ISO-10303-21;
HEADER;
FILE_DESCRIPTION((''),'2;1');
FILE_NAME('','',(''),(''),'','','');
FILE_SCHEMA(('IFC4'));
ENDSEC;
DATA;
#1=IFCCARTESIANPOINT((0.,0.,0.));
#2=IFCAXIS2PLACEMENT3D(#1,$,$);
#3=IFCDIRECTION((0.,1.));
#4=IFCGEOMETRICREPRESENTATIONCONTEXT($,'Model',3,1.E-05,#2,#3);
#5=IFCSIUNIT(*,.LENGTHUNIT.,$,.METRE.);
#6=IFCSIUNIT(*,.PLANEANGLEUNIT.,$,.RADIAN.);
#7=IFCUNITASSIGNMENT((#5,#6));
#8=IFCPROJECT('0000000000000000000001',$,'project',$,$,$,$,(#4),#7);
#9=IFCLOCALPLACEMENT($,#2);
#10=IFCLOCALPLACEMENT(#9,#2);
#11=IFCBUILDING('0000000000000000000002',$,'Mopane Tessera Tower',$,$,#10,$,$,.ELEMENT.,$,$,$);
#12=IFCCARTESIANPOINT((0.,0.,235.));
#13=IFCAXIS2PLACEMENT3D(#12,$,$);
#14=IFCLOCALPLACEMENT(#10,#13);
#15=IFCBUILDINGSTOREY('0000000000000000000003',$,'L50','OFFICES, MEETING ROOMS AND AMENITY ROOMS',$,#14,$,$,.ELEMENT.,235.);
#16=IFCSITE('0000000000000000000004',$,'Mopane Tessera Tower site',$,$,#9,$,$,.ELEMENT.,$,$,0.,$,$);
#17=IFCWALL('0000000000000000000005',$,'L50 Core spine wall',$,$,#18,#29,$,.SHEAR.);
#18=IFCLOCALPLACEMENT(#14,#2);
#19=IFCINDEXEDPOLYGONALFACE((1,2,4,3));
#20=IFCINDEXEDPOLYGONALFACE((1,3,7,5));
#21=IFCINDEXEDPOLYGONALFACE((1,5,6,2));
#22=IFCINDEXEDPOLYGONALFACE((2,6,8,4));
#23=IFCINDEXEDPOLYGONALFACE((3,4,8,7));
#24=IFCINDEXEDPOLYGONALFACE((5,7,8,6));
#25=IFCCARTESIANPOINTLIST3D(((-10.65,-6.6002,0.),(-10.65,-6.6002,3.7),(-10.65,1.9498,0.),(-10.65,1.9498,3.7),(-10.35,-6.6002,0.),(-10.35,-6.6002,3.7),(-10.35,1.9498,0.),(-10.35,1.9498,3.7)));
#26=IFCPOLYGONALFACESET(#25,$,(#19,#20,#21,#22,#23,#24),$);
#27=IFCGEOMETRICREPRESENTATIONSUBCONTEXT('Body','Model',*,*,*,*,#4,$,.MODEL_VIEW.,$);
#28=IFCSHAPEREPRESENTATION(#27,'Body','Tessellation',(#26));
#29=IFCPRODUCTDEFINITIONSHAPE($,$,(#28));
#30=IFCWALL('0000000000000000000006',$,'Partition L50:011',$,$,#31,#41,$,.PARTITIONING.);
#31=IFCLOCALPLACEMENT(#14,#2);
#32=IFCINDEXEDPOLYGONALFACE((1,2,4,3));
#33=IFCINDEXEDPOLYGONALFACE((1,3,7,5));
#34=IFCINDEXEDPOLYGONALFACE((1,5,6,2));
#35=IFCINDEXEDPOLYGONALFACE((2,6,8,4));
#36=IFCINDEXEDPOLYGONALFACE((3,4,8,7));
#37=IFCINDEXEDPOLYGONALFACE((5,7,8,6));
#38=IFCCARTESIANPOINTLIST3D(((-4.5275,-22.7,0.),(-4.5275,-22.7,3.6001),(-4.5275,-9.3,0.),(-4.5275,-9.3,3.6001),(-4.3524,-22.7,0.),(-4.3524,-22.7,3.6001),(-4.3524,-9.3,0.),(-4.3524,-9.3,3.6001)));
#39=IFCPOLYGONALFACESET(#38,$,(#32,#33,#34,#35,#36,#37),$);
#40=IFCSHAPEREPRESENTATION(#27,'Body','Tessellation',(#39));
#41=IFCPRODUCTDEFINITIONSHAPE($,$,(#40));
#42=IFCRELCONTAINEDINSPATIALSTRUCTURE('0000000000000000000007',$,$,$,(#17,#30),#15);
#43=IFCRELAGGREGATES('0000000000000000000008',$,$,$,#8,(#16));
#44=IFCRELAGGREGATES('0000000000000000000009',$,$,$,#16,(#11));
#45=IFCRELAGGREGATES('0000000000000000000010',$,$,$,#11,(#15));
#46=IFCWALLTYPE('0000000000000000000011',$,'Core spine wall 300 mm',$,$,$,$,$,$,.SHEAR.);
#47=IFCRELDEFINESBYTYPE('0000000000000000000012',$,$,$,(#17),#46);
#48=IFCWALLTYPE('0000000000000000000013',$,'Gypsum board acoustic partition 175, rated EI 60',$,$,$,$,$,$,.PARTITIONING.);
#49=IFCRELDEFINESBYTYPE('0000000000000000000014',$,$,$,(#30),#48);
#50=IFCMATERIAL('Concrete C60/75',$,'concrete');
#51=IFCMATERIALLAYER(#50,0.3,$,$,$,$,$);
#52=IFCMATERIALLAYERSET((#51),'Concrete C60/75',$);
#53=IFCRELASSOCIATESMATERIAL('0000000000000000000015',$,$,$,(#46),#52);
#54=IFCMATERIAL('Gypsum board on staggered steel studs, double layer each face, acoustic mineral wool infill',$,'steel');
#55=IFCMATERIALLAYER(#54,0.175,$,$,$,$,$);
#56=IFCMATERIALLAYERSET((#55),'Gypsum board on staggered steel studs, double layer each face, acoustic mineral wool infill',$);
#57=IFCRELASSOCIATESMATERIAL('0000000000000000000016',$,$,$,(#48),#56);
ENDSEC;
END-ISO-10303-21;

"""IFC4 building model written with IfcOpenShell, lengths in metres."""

from ifc_helpers import new_model, si_unit, direction, frame, frame_2d, origin, place, context, subcontext, project, spatial, rectangle, extrude, material, layer, layer_set, type_object, element, save


model = new_model("IFC4")

# Units and contexts
model_context = context("Model", 3, precision=1e-05, world=origin(), true_north=direction((0.0, 1.0)))
body_context = subcontext(model_context, "Body", "Model", "MODEL_VIEW")
ifc_project = project(units=[si_unit("LENGTHUNIT", "METRE"), si_unit("PLANEANGLEUNIT", "RADIAN")], contexts=[model_context])

# Site, building, storey
site_placement = place(None, origin())
site = spatial("IfcSite", under=ifc_project, at=site_placement, Name="Mopane Tessera Tower site", CompositionType="ELEMENT", RefElevation=0.0)
building_placement = place(site_placement, origin())
building = spatial("IfcBuilding", under=site, at=building_placement, Name="Mopane Tessera Tower", CompositionType="ELEMENT")
storey_placement = place(building_placement, frame((0.0, 0.0, 235.0)))
storey = spatial("IfcBuildingStorey", under=building, at=storey_placement, Name="L50", Description="OFFICES, MEETING ROOMS AND AMENITY ROOMS", CompositionType="ELEMENT", Elevation=235.0)

# Walls
ifc_material_1 = material(Name="Concrete C60/75", Category="concrete")
ifc_layer_1 = layer(ifc_material_1, 0.3)
ifc_layer_set_1 = layer_set([ifc_layer_1], Name="Concrete C60/75")
wall_type_1 = type_object("IfcWallType", Name="Core spine wall 300 mm", PredefinedType="SHEAR", material=ifc_layer_set_1)
wall_1_placement = place(storey_placement, frame((-10.5, -6.6001, 0.0), z_axis=(0.0, 0.0, 1.0), x_axis=(0.0, 1.0, 0.0)))
element("IfcWall", 1, at=wall_1_placement, inside=storey, type_object=wall_type_1, Name="L50 Core spine wall", PredefinedType="SHEAR", context=body_context, shape_type="SweptSolid", body=[
    extrude(rectangle(XDim=8.55, YDim=0.3, at=frame_2d((4.2749, 0.0))), origin(), (0.0, 0.0, 1.0), 3.7),
])
ifc_material_2 = material(Name="Gypsum board on staggered steel studs, double layer each face, acoustic mineral wool infill", Category="steel")
ifc_layer_2 = layer(ifc_material_2, 0.175)
ifc_layer_set_2 = layer_set([ifc_layer_2], Name="Gypsum board on staggered steel studs, double layer each face, acoustic mineral wool infill")
wall_type_2 = type_object("IfcWallType", Name="Gypsum board acoustic partition 175, rated EI 60", PredefinedType="PARTITIONING", material=ifc_layer_set_2)
wall_2_placement = place(storey_placement, frame((-4.4399, -22.7, 0.0), z_axis=(0.0, 0.0, 1.0), x_axis=(0.0, 1.0, 0.0)))
element("IfcWall", 2, at=wall_2_placement, inside=storey, type_object=wall_type_2, Name="Partition L50:011", PredefinedType="PARTITIONING", context=body_context, shape_type="SweptSolid", body=[
    extrude(rectangle(XDim=13.3999, YDim=0.175, at=frame_2d((6.7, 0.0))), origin(), (0.0, 0.0, 1.0), 3.6001),
])

save(model, "model.ifc")
